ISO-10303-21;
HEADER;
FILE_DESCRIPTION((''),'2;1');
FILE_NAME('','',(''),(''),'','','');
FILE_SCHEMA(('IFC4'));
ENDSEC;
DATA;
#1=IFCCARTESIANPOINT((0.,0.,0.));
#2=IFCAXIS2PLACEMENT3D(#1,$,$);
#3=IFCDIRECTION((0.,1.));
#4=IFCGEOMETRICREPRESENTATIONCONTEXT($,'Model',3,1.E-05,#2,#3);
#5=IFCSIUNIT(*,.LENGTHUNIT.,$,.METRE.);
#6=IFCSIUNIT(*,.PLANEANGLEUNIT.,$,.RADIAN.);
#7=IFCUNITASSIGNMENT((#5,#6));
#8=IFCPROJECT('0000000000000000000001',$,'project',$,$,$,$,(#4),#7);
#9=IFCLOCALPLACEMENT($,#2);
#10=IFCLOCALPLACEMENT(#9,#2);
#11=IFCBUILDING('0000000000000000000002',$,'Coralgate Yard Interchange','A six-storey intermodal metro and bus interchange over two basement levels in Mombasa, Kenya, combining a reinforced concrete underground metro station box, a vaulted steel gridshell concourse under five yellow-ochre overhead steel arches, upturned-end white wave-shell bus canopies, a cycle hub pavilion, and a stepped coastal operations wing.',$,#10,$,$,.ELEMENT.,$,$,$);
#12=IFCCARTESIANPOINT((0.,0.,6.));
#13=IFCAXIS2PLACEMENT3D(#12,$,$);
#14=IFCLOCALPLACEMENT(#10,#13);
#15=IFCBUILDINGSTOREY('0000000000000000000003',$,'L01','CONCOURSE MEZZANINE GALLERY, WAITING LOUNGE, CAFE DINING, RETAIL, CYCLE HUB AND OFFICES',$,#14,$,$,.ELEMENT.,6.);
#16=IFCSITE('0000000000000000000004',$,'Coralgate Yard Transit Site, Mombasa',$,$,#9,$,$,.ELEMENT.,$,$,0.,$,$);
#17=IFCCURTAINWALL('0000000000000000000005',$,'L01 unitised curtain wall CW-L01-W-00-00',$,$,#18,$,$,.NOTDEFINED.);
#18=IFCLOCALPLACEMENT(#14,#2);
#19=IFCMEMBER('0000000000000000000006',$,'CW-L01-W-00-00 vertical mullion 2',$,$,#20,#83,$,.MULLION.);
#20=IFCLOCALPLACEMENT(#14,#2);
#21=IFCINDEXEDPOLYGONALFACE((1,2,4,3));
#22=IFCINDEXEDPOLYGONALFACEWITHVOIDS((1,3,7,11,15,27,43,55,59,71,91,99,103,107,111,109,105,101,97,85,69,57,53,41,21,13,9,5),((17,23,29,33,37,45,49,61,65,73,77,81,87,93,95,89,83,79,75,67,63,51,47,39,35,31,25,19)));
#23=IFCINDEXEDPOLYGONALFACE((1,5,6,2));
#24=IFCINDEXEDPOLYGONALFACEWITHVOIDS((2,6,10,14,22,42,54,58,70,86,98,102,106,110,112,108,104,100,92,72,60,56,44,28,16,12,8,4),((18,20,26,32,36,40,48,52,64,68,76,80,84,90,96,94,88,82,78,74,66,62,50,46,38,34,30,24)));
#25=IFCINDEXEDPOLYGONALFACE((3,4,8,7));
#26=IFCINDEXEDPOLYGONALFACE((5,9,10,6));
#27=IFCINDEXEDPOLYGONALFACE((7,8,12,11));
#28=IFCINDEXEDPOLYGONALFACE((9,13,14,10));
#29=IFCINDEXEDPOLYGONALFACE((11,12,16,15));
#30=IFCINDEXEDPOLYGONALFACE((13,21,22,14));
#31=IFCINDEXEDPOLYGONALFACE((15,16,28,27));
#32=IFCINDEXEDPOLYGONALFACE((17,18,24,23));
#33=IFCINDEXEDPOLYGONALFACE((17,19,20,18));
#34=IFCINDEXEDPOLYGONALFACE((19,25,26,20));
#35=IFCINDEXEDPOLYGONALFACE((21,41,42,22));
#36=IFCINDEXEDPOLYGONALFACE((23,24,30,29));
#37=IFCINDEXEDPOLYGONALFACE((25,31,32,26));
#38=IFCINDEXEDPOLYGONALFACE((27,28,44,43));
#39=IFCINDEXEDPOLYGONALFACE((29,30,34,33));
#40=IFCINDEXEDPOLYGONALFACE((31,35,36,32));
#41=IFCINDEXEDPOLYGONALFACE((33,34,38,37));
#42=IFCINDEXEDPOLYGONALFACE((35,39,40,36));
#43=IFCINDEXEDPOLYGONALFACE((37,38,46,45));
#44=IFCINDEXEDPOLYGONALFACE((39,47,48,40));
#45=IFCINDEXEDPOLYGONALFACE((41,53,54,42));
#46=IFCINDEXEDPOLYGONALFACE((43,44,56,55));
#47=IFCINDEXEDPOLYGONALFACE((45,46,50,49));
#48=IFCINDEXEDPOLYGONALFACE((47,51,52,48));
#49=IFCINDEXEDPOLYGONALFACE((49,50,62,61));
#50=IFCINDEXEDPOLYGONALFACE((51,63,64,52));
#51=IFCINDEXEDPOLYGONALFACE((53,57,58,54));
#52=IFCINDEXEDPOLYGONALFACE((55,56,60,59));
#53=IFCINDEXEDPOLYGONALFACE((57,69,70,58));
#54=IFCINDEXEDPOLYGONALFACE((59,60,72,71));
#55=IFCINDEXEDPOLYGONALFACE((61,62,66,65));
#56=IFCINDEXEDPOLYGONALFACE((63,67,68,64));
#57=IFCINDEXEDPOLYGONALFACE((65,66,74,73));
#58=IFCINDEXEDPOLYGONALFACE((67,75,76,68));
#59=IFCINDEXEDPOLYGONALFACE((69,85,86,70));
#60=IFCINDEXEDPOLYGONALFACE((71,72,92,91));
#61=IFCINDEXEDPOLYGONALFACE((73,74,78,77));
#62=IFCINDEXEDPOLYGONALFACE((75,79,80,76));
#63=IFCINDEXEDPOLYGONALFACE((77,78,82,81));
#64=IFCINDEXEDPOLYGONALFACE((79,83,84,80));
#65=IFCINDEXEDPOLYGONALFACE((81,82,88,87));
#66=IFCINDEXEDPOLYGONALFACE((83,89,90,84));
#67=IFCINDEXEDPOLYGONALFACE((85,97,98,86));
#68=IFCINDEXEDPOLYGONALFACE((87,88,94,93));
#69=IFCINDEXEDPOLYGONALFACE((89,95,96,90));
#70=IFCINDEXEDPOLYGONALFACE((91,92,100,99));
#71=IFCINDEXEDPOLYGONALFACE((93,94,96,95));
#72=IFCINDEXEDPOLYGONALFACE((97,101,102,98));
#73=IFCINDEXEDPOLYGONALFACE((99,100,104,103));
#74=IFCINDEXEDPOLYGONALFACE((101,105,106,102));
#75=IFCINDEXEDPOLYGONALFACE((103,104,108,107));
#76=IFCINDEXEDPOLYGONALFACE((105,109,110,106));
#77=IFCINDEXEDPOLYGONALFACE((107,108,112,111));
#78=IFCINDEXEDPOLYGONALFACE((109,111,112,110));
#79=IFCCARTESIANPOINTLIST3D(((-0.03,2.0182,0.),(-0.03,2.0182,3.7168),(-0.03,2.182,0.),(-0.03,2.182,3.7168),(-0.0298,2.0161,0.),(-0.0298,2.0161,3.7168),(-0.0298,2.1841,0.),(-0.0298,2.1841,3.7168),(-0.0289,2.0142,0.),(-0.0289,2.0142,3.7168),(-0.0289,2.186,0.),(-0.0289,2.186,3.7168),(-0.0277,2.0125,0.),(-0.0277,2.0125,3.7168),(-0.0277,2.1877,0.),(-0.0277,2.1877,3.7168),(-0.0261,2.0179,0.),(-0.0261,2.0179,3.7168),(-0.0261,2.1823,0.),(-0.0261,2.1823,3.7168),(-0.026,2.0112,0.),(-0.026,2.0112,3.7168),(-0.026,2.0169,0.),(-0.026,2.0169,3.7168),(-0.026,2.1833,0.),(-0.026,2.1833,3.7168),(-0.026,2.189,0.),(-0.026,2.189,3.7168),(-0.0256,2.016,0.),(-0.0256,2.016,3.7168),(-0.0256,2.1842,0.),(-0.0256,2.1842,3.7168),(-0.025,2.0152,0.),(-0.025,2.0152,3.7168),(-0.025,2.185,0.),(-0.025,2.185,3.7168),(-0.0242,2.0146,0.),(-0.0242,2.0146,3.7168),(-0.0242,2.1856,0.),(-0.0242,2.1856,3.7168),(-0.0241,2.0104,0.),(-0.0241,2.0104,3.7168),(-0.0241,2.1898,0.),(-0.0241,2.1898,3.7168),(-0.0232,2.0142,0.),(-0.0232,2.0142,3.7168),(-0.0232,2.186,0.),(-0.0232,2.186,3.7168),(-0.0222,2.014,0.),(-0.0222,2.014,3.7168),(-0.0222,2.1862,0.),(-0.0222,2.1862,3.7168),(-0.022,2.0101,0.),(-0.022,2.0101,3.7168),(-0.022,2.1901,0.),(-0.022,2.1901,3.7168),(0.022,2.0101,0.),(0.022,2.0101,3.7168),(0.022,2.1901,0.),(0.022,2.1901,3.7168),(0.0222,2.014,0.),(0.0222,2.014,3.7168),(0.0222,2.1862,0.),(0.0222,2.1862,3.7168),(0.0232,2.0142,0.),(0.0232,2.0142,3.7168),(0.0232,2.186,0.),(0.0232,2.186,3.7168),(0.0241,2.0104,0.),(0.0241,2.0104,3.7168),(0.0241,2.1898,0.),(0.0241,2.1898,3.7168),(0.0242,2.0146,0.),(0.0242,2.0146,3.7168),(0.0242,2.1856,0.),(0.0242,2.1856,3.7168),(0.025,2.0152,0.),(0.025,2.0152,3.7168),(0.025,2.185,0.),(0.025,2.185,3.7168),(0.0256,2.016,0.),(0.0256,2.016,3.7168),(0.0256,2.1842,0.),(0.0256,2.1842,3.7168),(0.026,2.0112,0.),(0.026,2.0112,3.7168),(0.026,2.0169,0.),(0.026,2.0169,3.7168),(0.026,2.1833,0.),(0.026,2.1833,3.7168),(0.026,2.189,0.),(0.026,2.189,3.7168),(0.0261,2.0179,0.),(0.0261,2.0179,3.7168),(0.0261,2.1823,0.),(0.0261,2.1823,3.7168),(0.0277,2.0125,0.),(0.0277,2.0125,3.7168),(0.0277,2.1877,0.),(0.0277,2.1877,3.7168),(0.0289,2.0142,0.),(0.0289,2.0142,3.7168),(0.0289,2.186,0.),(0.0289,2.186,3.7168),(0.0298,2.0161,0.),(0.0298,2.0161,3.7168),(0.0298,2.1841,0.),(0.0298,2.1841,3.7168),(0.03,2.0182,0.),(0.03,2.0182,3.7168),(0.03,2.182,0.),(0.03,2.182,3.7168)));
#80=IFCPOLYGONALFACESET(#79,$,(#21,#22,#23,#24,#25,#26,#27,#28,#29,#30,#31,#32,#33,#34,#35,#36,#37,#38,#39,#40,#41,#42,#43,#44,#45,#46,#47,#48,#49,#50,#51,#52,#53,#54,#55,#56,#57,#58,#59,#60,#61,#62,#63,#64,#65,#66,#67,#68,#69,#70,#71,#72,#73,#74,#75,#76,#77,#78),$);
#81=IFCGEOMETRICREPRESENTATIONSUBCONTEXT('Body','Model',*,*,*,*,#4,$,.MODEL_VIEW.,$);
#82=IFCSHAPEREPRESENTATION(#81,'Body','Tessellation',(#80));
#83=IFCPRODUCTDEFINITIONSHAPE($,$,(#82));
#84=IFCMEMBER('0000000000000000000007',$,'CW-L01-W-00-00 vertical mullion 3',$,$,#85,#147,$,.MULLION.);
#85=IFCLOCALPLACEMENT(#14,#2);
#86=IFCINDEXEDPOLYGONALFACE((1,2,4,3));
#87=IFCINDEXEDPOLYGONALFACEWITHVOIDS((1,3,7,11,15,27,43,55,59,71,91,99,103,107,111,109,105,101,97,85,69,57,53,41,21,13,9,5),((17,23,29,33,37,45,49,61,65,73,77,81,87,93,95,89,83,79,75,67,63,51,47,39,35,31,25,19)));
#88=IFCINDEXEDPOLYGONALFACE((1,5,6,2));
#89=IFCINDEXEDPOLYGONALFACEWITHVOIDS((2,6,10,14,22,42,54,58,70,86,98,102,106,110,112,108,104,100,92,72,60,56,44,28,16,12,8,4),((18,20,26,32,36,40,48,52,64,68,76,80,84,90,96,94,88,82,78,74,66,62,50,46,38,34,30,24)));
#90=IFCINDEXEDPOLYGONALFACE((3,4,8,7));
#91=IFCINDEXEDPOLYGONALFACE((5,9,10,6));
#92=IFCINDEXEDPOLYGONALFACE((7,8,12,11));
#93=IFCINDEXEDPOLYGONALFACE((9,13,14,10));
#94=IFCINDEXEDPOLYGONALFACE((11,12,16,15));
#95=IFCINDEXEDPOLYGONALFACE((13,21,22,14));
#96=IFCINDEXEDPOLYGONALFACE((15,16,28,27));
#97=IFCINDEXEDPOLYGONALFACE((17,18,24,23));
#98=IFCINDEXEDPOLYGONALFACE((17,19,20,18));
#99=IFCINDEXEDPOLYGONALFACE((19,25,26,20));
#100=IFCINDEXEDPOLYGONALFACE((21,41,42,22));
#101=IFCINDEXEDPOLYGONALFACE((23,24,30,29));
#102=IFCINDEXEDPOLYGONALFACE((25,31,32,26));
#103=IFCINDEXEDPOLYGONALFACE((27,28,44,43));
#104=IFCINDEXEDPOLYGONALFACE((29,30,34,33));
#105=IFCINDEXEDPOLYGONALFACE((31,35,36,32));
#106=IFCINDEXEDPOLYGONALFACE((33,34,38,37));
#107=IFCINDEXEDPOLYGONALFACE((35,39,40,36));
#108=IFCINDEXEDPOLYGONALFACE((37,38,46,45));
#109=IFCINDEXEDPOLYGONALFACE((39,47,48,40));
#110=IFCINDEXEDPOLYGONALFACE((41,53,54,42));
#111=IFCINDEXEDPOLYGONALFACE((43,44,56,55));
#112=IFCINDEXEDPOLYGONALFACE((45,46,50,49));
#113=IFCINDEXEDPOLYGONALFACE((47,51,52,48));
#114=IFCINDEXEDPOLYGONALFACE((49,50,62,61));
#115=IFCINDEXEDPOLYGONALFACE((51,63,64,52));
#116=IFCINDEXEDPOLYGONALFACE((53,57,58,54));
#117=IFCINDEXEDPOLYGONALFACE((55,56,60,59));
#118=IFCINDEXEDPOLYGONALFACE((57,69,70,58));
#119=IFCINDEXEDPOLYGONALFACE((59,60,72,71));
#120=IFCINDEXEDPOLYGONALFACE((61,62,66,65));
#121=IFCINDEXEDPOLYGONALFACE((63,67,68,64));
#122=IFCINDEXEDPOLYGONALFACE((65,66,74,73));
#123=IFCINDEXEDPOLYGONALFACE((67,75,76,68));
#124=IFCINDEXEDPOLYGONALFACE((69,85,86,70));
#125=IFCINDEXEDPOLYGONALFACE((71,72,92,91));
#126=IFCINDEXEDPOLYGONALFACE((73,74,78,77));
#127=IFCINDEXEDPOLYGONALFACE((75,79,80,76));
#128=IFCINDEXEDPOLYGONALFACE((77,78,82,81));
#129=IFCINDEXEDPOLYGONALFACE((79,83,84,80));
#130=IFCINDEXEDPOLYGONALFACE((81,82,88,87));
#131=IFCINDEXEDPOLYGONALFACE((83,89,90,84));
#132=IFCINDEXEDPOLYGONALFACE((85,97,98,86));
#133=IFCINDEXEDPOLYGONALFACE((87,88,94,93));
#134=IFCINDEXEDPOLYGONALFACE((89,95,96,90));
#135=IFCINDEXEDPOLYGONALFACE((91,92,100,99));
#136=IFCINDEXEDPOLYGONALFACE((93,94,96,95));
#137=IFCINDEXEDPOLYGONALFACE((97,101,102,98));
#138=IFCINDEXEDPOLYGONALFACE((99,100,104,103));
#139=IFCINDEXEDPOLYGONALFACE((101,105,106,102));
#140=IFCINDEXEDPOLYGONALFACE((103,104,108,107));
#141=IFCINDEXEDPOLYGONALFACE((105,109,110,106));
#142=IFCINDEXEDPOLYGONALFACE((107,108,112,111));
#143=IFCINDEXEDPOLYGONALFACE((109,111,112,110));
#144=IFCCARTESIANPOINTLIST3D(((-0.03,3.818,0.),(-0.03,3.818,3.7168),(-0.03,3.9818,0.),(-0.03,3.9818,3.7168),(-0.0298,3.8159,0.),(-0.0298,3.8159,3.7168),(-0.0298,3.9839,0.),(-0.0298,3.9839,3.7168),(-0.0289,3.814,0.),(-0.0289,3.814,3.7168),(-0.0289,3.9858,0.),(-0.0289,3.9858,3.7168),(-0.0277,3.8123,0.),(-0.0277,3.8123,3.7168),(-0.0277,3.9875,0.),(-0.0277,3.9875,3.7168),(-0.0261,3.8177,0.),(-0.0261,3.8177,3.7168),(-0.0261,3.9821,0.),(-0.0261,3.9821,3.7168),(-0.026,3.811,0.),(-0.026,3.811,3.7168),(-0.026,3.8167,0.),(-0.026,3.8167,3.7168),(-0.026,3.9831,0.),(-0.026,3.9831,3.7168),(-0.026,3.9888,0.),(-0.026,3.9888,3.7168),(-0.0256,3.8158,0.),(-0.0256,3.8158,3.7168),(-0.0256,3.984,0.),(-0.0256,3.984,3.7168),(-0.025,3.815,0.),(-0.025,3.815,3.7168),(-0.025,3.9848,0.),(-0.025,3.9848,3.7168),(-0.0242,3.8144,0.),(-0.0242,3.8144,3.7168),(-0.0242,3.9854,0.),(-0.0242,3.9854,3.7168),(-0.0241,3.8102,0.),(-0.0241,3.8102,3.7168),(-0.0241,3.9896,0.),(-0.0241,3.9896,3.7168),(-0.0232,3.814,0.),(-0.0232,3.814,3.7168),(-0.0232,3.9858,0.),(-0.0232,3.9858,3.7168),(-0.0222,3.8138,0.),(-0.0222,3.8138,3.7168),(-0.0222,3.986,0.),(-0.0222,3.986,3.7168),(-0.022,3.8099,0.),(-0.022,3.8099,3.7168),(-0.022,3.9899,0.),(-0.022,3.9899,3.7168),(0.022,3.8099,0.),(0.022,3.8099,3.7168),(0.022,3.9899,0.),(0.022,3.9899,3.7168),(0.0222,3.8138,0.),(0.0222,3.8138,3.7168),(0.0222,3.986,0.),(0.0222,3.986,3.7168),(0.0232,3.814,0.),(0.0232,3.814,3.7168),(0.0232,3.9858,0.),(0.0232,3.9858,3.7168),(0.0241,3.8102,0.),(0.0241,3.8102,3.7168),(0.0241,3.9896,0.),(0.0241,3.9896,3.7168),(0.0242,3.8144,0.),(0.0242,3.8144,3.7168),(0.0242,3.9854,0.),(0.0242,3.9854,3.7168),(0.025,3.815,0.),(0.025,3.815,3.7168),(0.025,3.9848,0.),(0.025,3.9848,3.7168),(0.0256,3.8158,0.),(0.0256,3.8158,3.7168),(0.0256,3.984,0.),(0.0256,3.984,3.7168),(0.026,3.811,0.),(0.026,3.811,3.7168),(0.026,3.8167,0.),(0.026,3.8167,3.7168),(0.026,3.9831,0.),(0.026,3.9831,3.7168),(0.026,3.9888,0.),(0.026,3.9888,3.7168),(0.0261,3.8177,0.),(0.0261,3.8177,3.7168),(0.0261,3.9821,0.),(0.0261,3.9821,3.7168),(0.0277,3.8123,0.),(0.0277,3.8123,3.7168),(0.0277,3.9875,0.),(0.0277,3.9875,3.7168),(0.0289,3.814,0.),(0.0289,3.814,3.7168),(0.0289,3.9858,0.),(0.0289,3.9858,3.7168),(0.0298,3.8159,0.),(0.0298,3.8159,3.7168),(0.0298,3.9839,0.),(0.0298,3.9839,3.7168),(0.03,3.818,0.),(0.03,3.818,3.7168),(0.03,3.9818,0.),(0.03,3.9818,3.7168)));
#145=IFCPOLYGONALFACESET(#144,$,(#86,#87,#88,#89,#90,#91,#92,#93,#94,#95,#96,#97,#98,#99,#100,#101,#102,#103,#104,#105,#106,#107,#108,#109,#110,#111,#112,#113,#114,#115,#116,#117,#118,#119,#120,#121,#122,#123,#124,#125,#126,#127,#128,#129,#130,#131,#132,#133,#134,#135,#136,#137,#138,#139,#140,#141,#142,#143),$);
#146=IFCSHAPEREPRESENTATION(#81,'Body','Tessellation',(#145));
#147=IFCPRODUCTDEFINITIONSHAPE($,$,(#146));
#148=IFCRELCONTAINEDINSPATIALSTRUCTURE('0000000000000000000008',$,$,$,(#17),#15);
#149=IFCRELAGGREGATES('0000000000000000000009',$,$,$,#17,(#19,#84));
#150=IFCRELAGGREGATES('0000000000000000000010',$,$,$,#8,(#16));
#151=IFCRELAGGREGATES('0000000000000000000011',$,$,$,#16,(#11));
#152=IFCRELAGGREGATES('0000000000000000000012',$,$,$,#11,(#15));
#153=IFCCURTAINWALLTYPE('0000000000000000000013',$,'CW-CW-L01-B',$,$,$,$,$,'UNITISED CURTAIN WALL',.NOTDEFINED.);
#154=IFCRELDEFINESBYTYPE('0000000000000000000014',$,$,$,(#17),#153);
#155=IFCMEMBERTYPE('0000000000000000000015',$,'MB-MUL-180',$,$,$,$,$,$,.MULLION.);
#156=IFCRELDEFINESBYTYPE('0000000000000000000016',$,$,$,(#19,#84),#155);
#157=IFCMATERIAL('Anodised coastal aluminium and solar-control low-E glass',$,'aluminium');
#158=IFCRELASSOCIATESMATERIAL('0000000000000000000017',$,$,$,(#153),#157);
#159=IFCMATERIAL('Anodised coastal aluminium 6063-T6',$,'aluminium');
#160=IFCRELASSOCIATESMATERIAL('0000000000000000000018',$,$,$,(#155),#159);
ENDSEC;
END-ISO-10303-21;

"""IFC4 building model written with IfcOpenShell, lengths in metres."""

from ifc_helpers import new_model, si_unit, direction, frame, origin, origin_2d, place, context, subcontext, project, spatial, hollow_rectangle, extrude, material, material_profile, profile_set, type_object, element, aggregate, save


model = new_model("IFC4")

# Units and contexts
model_context = context("Model", 3, precision=1e-05, world=origin(), true_north=direction((0.0, 1.0)))
body_context = subcontext(model_context, "Body", "Model", "MODEL_VIEW")
ifc_project = project(units=[si_unit("LENGTHUNIT", "METRE"), si_unit("PLANEANGLEUNIT", "RADIAN")], contexts=[model_context])

# Site, building, storey
site_placement = place(None, origin())
site = spatial("IfcSite", under=ifc_project, at=site_placement, Name="Coralgate Yard Transit Site, Mombasa", CompositionType="ELEMENT", RefElevation=0.0)
building_placement = place(site_placement, origin())
building = spatial("IfcBuilding", under=site, at=building_placement, Name="Coralgate Yard Interchange", Description="A six-storey intermodal metro and bus interchange over two basement levels in Mombasa, Kenya, combining a reinforced concrete underground metro station box, a vaulted steel gridshell concourse under five yellow-ochre overhead steel arches, upturned-end white wave-shell bus canopies, a cycle hub pavilion, and a stepped coastal operations wing.", CompositionType="ELEMENT")
storey_placement = place(building_placement, frame((0.0, 0.0, 6.0)))
storey = spatial("IfcBuildingStorey", under=building, at=storey_placement, Name="L01", Description="CONCOURSE MEZZANINE GALLERY, WAITING LOUNGE, CAFE DINING, RETAIL, CYCLE HUB AND OFFICES", CompositionType="ELEMENT", Elevation=6.0)

# Curtain wall, members
ifc_material_1 = material(Name="Anodised coastal aluminium and solar-control low-E glass", Category="aluminium")
curtain_wall_type = type_object("IfcCurtainWallType", Name="CW-CW-L01-B", ElementType="UNITISED CURTAIN WALL", PredefinedType="NOTDEFINED", material=ifc_material_1)
curtain_wall_placement = place(storey_placement, origin())
curtain_wall = element("IfcCurtainWall", 1, at=curtain_wall_placement, inside=storey, type_object=curtain_wall_type, Name="L01 unitised curtain wall CW-L01-W-00-00", PredefinedType="NOTDEFINED")
ifc_material_2 = material(Name="Anodised coastal aluminium 6063-T6", Category="aluminium")
ifc_material_profile_1 = material_profile(ifc_material_2, hollow_rectangle(XDim=0.0601, YDim=0.1799, WallThickness=0.0039, InnerFilletRadius=0.0039, OuterFilletRadius=0.0081, at=origin_2d()), Name="ALU 60x180x4")
ifc_profile_set_1 = profile_set([ifc_material_profile_1], Name="Anodised coastal aluminium 6063-T6")
member_type_1 = type_object("IfcMemberType", Name="MB-MUL-180", PredefinedType="MULLION", material=ifc_profile_set_1)
member_1_placement = place(storey_placement, frame((0.0, 2.1001, 0.0), z_axis=(0.0, 0.0, 1.0), x_axis=(1.0, 0.0, 0.0)))
member_1 = element("IfcMember", 2, at=member_1_placement, type_object=member_type_1, Name="CW-L01-W-00-00 vertical mullion 2", PredefinedType="MULLION", context=body_context, shape_type="SweptSolid", body=[
    extrude(hollow_rectangle(XDim=0.0601, YDim=0.1799, WallThickness=0.0039, InnerFilletRadius=0.0039, OuterFilletRadius=0.0081, at=origin_2d()), origin(), (0.0, 0.0, 1.0), 3.7168),
])
member_2_placement = place(storey_placement, frame((0.0, 3.8999, 0.0), z_axis=(0.0, 0.0, 1.0), x_axis=(1.0, 0.0, 0.0)))
member_2 = element("IfcMember", 3, at=member_2_placement, type_object=member_type_1, Name="CW-L01-W-00-00 vertical mullion 3", PredefinedType="MULLION", context=body_context, shape_type="SweptSolid", body=[
    extrude(hollow_rectangle(XDim=0.0601, YDim=0.1799, WallThickness=0.0039, InnerFilletRadius=0.0039, OuterFilletRadius=0.0081, at=origin_2d()), origin(), (0.0, 0.0, 1.0), 3.7168),
])
aggregate(curtain_wall, [member_1, member_2])

save(model, "model.ifc")
